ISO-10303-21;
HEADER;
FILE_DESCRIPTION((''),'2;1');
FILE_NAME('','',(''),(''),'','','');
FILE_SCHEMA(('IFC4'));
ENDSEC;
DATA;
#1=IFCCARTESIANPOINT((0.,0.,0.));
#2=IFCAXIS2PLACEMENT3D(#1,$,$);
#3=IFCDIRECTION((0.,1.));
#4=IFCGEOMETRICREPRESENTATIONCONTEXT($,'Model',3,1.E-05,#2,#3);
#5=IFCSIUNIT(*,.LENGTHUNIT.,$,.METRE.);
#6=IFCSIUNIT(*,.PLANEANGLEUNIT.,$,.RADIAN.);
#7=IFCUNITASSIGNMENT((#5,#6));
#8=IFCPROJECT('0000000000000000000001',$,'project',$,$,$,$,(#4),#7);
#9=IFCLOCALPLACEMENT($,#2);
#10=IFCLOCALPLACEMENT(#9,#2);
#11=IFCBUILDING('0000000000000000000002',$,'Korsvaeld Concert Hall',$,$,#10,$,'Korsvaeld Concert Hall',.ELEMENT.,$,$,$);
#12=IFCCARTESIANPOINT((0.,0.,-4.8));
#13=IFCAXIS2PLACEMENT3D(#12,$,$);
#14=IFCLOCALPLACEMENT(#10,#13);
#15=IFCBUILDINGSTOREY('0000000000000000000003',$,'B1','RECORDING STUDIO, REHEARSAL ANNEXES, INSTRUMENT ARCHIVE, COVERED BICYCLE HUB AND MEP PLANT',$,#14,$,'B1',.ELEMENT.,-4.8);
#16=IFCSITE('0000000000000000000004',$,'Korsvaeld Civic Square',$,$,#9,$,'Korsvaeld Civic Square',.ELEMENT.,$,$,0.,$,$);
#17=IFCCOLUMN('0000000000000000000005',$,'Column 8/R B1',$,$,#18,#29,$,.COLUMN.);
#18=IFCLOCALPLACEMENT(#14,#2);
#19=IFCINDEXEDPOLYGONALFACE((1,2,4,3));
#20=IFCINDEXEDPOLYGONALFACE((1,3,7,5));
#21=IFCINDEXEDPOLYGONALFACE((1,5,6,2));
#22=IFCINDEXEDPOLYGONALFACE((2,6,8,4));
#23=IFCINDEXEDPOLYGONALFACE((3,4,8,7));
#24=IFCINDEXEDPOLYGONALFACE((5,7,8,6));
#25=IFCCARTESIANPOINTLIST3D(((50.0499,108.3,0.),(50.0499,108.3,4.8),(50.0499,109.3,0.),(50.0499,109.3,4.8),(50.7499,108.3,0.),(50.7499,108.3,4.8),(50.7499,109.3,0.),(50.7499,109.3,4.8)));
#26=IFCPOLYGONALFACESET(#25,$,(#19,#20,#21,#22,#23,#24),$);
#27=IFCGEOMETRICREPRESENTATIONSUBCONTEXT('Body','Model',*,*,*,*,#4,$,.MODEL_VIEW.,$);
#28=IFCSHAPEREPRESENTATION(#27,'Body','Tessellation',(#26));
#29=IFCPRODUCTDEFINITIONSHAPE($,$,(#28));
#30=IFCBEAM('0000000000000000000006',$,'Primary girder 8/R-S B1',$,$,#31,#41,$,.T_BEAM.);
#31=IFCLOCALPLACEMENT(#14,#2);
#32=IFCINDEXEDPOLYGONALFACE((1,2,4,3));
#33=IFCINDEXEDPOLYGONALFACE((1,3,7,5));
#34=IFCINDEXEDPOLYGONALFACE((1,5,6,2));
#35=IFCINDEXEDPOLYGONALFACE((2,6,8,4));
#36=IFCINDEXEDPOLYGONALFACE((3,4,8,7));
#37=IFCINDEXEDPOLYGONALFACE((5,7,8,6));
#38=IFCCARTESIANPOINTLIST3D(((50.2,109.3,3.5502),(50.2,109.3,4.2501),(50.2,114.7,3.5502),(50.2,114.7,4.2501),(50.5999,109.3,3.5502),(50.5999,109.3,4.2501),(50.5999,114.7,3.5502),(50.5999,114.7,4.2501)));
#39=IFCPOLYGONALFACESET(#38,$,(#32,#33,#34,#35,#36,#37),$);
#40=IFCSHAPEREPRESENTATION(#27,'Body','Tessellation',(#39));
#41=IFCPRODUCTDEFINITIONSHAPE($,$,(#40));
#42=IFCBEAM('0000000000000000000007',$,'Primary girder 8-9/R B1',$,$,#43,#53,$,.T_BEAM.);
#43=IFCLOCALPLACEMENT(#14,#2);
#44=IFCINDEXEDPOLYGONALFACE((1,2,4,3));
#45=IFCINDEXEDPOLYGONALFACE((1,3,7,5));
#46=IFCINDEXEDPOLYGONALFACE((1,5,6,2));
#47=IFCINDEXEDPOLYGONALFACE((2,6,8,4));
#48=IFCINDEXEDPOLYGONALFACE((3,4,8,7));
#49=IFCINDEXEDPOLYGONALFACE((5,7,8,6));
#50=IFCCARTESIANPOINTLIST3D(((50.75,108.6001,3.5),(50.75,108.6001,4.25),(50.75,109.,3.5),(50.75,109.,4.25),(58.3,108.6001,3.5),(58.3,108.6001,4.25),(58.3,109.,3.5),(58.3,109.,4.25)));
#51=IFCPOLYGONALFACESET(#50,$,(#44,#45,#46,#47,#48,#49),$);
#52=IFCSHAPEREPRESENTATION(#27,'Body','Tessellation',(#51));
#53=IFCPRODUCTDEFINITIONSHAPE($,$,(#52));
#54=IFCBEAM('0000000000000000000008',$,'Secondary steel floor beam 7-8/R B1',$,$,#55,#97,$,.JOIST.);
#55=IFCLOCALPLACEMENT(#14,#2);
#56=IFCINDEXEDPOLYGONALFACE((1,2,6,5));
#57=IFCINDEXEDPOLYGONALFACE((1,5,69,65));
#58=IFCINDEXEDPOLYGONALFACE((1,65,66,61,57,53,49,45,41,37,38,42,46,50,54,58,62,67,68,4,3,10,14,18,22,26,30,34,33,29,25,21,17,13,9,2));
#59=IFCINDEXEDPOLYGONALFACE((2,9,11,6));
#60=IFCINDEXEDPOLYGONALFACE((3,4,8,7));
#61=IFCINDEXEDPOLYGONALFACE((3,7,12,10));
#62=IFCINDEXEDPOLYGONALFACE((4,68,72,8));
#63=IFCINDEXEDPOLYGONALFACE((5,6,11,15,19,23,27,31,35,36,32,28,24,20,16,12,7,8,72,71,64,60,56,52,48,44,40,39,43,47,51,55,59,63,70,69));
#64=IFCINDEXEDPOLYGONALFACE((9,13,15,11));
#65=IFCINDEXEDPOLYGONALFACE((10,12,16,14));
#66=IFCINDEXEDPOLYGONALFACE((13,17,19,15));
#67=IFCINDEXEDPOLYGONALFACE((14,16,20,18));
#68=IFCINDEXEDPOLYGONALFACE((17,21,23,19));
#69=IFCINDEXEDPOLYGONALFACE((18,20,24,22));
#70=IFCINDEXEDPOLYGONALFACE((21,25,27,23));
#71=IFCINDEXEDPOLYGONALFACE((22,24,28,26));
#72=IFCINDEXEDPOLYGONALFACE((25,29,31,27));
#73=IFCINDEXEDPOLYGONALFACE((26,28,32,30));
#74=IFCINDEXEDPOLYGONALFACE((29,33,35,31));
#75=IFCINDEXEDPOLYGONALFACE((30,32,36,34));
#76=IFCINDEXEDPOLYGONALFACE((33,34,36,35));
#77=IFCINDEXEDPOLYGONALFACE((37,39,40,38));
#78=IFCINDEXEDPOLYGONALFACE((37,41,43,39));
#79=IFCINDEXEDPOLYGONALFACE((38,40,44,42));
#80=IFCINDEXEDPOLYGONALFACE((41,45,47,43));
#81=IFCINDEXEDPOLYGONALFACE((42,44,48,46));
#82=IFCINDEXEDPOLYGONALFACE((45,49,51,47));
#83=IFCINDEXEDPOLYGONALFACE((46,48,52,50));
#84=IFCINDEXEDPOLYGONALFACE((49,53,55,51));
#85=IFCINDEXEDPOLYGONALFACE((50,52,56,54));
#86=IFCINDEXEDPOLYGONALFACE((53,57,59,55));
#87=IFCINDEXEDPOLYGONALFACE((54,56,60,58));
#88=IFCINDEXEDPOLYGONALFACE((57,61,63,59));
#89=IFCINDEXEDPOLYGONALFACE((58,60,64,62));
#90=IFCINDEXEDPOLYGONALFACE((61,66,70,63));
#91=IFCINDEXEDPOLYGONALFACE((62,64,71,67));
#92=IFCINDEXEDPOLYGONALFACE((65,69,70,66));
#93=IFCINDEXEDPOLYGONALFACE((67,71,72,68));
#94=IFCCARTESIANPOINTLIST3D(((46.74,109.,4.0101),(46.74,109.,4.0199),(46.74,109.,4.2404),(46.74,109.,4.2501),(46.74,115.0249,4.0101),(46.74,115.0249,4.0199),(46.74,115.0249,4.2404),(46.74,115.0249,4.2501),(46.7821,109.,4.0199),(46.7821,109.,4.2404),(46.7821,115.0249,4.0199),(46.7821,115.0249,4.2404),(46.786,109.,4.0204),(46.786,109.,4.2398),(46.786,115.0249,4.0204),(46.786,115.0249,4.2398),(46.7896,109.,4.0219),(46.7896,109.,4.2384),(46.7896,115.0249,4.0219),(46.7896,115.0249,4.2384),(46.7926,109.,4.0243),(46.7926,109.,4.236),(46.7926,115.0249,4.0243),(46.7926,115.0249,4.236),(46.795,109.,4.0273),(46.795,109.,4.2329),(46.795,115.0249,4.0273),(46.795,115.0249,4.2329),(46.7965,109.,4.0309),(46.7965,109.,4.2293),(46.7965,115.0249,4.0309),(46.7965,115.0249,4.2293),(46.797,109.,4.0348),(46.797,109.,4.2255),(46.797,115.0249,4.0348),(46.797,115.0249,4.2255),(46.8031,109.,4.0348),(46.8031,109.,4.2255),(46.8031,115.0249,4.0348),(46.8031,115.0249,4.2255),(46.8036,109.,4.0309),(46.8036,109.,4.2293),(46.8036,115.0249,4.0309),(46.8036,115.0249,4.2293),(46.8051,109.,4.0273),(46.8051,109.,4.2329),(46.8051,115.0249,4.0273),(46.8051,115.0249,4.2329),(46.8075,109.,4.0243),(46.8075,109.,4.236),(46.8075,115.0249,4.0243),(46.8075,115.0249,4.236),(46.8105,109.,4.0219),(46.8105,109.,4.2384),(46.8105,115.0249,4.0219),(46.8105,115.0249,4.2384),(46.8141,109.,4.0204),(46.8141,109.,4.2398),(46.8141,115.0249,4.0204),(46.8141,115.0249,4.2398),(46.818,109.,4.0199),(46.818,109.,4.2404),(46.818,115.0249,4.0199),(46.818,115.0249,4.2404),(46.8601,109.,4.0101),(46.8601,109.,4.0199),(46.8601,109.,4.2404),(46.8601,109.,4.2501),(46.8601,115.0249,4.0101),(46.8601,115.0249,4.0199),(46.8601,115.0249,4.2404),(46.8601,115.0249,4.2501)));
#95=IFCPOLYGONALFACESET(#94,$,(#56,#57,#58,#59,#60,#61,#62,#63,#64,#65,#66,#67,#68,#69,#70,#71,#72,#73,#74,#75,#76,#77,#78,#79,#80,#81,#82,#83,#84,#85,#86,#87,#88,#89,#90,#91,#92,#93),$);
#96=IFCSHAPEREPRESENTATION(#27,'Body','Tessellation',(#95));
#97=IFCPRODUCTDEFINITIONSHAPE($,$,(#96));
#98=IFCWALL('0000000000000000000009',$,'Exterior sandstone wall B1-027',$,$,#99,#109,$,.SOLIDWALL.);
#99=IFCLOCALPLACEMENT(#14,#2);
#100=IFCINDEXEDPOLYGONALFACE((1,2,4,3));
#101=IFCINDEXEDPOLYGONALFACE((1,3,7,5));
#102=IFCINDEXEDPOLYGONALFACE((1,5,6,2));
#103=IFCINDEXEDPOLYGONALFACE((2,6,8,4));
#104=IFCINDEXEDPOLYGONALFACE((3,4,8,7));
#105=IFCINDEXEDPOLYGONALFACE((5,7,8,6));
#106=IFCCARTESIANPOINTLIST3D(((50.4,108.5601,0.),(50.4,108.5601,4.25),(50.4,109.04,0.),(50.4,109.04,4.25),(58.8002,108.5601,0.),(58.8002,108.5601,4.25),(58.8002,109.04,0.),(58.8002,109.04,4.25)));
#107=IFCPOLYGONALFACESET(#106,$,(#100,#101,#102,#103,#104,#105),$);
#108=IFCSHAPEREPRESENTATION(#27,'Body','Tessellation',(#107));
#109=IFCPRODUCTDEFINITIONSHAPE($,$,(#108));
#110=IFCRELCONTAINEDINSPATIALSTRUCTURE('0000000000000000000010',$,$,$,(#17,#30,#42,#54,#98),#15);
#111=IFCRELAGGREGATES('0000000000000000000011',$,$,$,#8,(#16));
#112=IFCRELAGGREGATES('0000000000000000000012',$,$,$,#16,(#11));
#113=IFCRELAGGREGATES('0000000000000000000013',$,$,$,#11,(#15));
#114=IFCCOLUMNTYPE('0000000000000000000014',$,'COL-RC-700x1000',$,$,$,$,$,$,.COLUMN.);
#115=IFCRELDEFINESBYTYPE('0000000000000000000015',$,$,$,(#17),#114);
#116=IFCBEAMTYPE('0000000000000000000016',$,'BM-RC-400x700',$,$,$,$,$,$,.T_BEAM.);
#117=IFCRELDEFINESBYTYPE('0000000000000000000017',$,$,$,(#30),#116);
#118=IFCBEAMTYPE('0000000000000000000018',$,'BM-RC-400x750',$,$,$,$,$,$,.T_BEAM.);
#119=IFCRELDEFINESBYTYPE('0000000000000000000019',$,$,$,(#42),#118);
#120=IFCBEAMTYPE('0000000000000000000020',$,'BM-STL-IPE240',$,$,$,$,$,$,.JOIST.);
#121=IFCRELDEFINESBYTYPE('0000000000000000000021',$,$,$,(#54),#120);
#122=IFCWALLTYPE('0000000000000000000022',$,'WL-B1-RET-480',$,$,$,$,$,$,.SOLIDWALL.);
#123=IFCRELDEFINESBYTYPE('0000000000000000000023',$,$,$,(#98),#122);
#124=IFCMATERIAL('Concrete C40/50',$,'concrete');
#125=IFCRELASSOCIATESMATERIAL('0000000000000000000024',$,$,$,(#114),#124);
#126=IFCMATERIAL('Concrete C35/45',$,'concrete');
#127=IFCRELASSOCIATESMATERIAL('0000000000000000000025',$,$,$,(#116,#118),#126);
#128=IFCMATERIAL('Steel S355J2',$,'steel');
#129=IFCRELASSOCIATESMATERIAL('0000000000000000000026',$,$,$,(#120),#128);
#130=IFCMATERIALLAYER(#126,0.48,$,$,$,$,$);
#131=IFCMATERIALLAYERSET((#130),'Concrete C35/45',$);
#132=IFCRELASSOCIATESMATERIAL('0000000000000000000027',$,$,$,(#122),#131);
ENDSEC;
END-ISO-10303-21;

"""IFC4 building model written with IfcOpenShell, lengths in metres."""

from ifc_helpers import new_model, si_unit, direction, frame, frame_2d, origin, origin_2d, place, context, subcontext, project, spatial, rectangle, i_section, extrude, material, layer, layer_set, material_profile, profile_set, type_object, element, save


model = new_model("IFC4")

# Units and contexts
model_context = context("Model", 3, precision=1e-05, world=origin(), true_north=direction((0.0, 1.0)))
body_context = subcontext(model_context, "Body", "Model", "MODEL_VIEW")
ifc_project = project(units=[si_unit("LENGTHUNIT", "METRE"), si_unit("PLANEANGLEUNIT", "RADIAN")], contexts=[model_context])

# Site, building, storey
site_placement = place(None, origin())
site = spatial("IfcSite", under=ifc_project, at=site_placement, Name="Korsvaeld Civic Square", LongName="Korsvaeld Civic Square", CompositionType="ELEMENT", RefElevation=0.0)
building_placement = place(site_placement, origin())
building = spatial("IfcBuilding", under=site, at=building_placement, Name="Korsvaeld Concert Hall", LongName="Korsvaeld Concert Hall", CompositionType="ELEMENT")
storey_placement = place(building_placement, frame((0.0, 0.0, -4.8)))
storey = spatial("IfcBuildingStorey", under=building, at=storey_placement, Name="B1", Description="RECORDING STUDIO, REHEARSAL ANNEXES, INSTRUMENT ARCHIVE, COVERED BICYCLE HUB AND MEP PLANT", LongName="B1", CompositionType="ELEMENT", Elevation=-4.8)

# Shared definitions
ifc_material_1 = material(Name="Concrete C35/45", Category="concrete")

# Shared definitions
ifc_material_2 = material(Name="Concrete C40/50", Category="concrete")

# Column
ifc_material_profile_1 = material_profile(ifc_material_2, rectangle(XDim=0.7, YDim=1.0, at=origin_2d()), Name="RC 700x1000")
ifc_profile_set_1 = profile_set([ifc_material_profile_1], Name="Concrete C40/50")
column_type_1 = type_object("IfcColumnType", Name="COL-RC-700x1000", PredefinedType="COLUMN", material=ifc_profile_set_1)
column_1_placement = place(storey_placement, frame((50.3999, 108.8, 0.0), z_axis=(0.0, 0.0, 1.0), x_axis=(1.0, 0.0, 0.0)))
element("IfcColumn", 1, at=column_1_placement, inside=storey, type_object=column_type_1, Name="Column 8/R B1", PredefinedType="COLUMN", context=body_context, shape_type="SweptSolid", body=[
    extrude(rectangle(XDim=0.7, YDim=1.0, at=origin_2d()), origin(), (0.0, 0.0, 1.0), 4.8),
])

# Beams
ifc_material_profile_2 = material_profile(ifc_material_1, rectangle(XDim=0.3999, YDim=0.7, at=origin_2d()), Name="RC 400x700")
ifc_profile_set_2 = profile_set([ifc_material_profile_2], Name="Concrete C35/45")
beam_type_1 = type_object("IfcBeamType", Name="BM-RC-400x700", PredefinedType="T_BEAM", material=ifc_profile_set_2)
beam_1_placement = place(storey_placement, frame((50.3999, 109.3, 3.9001), z_axis=(0.0, 1.0, 0.0), x_axis=(-1.0, 0.0, 0.0)))
element("IfcBeam", 2, at=beam_1_placement, inside=storey, type_object=beam_type_1, Name="Primary girder 8/R-S B1", PredefinedType="T_BEAM", context=body_context, shape_type="SweptSolid", body=[
    extrude(rectangle(XDim=0.3999, YDim=0.7, at=origin_2d()), origin(), (0.0, 0.0, 1.0), 5.3999),
])
ifc_material_profile_3 = material_profile(ifc_material_1, rectangle(XDim=0.3999, YDim=0.75, at=origin_2d()), Name="RC 400x750")
ifc_profile_set_3 = profile_set([ifc_material_profile_3], Name="Concrete C35/45")
beam_type_2 = type_object("IfcBeamType", Name="BM-RC-400x750", PredefinedType="T_BEAM", material=ifc_profile_set_3)
beam_2_placement = place(storey_placement, frame((50.75, 108.8, 3.875), z_axis=(1.0, 0.0, 0.0), x_axis=(0.0, 1.0, 0.0)))
element("IfcBeam", 3, at=beam_2_placement, inside=storey, type_object=beam_type_2, Name="Primary girder 8-9/R B1", PredefinedType="T_BEAM", context=body_context, shape_type="SweptSolid", body=[
    extrude(rectangle(XDim=0.3999, YDim=0.75, at=origin_2d()), origin(), (0.0, 0.0, 1.0), 7.55),
])
ifc_material_3 = material(Name="Steel S355J2", Category="steel")
ifc_material_profile_4 = material_profile(ifc_material_3, i_section(OverallWidth=0.1201, OverallDepth=0.24, WebThickness=0.0061, FlangeThickness=0.0098, FilletRadius=0.0149, at=origin_2d()), Name="IPE 240")
ifc_profile_set_4 = profile_set([ifc_material_profile_4], Name="Steel S355J2")
beam_type_3 = type_object("IfcBeamType", Name="BM-STL-IPE240", PredefinedType="JOIST", material=ifc_profile_set_4)
beam_3_placement = place(storey_placement, frame((46.8, 109.0, 4.1301), z_axis=(0.0, 1.0, 0.0), x_axis=(-1.0, 0.0, 0.0)))
element("IfcBeam", 4, at=beam_3_placement, inside=storey, type_object=beam_type_3, Name="Secondary steel floor beam 7-8/R B1", PredefinedType="JOIST", context=body_context, shape_type="SweptSolid", body=[
    extrude(i_section(OverallWidth=0.1201, OverallDepth=0.24, WebThickness=0.0061, FlangeThickness=0.0098, FilletRadius=0.0149, at=origin_2d()), origin(), (0.0, 0.0, 1.0), 6.0249),
])

# Wall
ifc_layer = layer(ifc_material_1, 0.48)
ifc_layer_set = layer_set([ifc_layer], Name="Concrete C35/45")
wall_type = type_object("IfcWallType", Name="WL-B1-RET-480", PredefinedType="SOLIDWALL", material=ifc_layer_set)
wall_placement = place(storey_placement, frame((50.3999, 108.8, 0.0), z_axis=(0.0, 0.0, 1.0), x_axis=(1.0, 0.0, 0.0)))
element("IfcWall", 5, at=wall_placement, inside=storey, type_object=wall_type, Name="Exterior sandstone wall B1-027", PredefinedType="SOLIDWALL", context=body_context, shape_type="SweptSolid", body=[
    extrude(rectangle(XDim=8.4001, YDim=0.48, at=frame_2d((4.2002, 0.0))), origin(), (0.0, 0.0, 1.0), 4.25),
])

save(model, "model.ifc")
